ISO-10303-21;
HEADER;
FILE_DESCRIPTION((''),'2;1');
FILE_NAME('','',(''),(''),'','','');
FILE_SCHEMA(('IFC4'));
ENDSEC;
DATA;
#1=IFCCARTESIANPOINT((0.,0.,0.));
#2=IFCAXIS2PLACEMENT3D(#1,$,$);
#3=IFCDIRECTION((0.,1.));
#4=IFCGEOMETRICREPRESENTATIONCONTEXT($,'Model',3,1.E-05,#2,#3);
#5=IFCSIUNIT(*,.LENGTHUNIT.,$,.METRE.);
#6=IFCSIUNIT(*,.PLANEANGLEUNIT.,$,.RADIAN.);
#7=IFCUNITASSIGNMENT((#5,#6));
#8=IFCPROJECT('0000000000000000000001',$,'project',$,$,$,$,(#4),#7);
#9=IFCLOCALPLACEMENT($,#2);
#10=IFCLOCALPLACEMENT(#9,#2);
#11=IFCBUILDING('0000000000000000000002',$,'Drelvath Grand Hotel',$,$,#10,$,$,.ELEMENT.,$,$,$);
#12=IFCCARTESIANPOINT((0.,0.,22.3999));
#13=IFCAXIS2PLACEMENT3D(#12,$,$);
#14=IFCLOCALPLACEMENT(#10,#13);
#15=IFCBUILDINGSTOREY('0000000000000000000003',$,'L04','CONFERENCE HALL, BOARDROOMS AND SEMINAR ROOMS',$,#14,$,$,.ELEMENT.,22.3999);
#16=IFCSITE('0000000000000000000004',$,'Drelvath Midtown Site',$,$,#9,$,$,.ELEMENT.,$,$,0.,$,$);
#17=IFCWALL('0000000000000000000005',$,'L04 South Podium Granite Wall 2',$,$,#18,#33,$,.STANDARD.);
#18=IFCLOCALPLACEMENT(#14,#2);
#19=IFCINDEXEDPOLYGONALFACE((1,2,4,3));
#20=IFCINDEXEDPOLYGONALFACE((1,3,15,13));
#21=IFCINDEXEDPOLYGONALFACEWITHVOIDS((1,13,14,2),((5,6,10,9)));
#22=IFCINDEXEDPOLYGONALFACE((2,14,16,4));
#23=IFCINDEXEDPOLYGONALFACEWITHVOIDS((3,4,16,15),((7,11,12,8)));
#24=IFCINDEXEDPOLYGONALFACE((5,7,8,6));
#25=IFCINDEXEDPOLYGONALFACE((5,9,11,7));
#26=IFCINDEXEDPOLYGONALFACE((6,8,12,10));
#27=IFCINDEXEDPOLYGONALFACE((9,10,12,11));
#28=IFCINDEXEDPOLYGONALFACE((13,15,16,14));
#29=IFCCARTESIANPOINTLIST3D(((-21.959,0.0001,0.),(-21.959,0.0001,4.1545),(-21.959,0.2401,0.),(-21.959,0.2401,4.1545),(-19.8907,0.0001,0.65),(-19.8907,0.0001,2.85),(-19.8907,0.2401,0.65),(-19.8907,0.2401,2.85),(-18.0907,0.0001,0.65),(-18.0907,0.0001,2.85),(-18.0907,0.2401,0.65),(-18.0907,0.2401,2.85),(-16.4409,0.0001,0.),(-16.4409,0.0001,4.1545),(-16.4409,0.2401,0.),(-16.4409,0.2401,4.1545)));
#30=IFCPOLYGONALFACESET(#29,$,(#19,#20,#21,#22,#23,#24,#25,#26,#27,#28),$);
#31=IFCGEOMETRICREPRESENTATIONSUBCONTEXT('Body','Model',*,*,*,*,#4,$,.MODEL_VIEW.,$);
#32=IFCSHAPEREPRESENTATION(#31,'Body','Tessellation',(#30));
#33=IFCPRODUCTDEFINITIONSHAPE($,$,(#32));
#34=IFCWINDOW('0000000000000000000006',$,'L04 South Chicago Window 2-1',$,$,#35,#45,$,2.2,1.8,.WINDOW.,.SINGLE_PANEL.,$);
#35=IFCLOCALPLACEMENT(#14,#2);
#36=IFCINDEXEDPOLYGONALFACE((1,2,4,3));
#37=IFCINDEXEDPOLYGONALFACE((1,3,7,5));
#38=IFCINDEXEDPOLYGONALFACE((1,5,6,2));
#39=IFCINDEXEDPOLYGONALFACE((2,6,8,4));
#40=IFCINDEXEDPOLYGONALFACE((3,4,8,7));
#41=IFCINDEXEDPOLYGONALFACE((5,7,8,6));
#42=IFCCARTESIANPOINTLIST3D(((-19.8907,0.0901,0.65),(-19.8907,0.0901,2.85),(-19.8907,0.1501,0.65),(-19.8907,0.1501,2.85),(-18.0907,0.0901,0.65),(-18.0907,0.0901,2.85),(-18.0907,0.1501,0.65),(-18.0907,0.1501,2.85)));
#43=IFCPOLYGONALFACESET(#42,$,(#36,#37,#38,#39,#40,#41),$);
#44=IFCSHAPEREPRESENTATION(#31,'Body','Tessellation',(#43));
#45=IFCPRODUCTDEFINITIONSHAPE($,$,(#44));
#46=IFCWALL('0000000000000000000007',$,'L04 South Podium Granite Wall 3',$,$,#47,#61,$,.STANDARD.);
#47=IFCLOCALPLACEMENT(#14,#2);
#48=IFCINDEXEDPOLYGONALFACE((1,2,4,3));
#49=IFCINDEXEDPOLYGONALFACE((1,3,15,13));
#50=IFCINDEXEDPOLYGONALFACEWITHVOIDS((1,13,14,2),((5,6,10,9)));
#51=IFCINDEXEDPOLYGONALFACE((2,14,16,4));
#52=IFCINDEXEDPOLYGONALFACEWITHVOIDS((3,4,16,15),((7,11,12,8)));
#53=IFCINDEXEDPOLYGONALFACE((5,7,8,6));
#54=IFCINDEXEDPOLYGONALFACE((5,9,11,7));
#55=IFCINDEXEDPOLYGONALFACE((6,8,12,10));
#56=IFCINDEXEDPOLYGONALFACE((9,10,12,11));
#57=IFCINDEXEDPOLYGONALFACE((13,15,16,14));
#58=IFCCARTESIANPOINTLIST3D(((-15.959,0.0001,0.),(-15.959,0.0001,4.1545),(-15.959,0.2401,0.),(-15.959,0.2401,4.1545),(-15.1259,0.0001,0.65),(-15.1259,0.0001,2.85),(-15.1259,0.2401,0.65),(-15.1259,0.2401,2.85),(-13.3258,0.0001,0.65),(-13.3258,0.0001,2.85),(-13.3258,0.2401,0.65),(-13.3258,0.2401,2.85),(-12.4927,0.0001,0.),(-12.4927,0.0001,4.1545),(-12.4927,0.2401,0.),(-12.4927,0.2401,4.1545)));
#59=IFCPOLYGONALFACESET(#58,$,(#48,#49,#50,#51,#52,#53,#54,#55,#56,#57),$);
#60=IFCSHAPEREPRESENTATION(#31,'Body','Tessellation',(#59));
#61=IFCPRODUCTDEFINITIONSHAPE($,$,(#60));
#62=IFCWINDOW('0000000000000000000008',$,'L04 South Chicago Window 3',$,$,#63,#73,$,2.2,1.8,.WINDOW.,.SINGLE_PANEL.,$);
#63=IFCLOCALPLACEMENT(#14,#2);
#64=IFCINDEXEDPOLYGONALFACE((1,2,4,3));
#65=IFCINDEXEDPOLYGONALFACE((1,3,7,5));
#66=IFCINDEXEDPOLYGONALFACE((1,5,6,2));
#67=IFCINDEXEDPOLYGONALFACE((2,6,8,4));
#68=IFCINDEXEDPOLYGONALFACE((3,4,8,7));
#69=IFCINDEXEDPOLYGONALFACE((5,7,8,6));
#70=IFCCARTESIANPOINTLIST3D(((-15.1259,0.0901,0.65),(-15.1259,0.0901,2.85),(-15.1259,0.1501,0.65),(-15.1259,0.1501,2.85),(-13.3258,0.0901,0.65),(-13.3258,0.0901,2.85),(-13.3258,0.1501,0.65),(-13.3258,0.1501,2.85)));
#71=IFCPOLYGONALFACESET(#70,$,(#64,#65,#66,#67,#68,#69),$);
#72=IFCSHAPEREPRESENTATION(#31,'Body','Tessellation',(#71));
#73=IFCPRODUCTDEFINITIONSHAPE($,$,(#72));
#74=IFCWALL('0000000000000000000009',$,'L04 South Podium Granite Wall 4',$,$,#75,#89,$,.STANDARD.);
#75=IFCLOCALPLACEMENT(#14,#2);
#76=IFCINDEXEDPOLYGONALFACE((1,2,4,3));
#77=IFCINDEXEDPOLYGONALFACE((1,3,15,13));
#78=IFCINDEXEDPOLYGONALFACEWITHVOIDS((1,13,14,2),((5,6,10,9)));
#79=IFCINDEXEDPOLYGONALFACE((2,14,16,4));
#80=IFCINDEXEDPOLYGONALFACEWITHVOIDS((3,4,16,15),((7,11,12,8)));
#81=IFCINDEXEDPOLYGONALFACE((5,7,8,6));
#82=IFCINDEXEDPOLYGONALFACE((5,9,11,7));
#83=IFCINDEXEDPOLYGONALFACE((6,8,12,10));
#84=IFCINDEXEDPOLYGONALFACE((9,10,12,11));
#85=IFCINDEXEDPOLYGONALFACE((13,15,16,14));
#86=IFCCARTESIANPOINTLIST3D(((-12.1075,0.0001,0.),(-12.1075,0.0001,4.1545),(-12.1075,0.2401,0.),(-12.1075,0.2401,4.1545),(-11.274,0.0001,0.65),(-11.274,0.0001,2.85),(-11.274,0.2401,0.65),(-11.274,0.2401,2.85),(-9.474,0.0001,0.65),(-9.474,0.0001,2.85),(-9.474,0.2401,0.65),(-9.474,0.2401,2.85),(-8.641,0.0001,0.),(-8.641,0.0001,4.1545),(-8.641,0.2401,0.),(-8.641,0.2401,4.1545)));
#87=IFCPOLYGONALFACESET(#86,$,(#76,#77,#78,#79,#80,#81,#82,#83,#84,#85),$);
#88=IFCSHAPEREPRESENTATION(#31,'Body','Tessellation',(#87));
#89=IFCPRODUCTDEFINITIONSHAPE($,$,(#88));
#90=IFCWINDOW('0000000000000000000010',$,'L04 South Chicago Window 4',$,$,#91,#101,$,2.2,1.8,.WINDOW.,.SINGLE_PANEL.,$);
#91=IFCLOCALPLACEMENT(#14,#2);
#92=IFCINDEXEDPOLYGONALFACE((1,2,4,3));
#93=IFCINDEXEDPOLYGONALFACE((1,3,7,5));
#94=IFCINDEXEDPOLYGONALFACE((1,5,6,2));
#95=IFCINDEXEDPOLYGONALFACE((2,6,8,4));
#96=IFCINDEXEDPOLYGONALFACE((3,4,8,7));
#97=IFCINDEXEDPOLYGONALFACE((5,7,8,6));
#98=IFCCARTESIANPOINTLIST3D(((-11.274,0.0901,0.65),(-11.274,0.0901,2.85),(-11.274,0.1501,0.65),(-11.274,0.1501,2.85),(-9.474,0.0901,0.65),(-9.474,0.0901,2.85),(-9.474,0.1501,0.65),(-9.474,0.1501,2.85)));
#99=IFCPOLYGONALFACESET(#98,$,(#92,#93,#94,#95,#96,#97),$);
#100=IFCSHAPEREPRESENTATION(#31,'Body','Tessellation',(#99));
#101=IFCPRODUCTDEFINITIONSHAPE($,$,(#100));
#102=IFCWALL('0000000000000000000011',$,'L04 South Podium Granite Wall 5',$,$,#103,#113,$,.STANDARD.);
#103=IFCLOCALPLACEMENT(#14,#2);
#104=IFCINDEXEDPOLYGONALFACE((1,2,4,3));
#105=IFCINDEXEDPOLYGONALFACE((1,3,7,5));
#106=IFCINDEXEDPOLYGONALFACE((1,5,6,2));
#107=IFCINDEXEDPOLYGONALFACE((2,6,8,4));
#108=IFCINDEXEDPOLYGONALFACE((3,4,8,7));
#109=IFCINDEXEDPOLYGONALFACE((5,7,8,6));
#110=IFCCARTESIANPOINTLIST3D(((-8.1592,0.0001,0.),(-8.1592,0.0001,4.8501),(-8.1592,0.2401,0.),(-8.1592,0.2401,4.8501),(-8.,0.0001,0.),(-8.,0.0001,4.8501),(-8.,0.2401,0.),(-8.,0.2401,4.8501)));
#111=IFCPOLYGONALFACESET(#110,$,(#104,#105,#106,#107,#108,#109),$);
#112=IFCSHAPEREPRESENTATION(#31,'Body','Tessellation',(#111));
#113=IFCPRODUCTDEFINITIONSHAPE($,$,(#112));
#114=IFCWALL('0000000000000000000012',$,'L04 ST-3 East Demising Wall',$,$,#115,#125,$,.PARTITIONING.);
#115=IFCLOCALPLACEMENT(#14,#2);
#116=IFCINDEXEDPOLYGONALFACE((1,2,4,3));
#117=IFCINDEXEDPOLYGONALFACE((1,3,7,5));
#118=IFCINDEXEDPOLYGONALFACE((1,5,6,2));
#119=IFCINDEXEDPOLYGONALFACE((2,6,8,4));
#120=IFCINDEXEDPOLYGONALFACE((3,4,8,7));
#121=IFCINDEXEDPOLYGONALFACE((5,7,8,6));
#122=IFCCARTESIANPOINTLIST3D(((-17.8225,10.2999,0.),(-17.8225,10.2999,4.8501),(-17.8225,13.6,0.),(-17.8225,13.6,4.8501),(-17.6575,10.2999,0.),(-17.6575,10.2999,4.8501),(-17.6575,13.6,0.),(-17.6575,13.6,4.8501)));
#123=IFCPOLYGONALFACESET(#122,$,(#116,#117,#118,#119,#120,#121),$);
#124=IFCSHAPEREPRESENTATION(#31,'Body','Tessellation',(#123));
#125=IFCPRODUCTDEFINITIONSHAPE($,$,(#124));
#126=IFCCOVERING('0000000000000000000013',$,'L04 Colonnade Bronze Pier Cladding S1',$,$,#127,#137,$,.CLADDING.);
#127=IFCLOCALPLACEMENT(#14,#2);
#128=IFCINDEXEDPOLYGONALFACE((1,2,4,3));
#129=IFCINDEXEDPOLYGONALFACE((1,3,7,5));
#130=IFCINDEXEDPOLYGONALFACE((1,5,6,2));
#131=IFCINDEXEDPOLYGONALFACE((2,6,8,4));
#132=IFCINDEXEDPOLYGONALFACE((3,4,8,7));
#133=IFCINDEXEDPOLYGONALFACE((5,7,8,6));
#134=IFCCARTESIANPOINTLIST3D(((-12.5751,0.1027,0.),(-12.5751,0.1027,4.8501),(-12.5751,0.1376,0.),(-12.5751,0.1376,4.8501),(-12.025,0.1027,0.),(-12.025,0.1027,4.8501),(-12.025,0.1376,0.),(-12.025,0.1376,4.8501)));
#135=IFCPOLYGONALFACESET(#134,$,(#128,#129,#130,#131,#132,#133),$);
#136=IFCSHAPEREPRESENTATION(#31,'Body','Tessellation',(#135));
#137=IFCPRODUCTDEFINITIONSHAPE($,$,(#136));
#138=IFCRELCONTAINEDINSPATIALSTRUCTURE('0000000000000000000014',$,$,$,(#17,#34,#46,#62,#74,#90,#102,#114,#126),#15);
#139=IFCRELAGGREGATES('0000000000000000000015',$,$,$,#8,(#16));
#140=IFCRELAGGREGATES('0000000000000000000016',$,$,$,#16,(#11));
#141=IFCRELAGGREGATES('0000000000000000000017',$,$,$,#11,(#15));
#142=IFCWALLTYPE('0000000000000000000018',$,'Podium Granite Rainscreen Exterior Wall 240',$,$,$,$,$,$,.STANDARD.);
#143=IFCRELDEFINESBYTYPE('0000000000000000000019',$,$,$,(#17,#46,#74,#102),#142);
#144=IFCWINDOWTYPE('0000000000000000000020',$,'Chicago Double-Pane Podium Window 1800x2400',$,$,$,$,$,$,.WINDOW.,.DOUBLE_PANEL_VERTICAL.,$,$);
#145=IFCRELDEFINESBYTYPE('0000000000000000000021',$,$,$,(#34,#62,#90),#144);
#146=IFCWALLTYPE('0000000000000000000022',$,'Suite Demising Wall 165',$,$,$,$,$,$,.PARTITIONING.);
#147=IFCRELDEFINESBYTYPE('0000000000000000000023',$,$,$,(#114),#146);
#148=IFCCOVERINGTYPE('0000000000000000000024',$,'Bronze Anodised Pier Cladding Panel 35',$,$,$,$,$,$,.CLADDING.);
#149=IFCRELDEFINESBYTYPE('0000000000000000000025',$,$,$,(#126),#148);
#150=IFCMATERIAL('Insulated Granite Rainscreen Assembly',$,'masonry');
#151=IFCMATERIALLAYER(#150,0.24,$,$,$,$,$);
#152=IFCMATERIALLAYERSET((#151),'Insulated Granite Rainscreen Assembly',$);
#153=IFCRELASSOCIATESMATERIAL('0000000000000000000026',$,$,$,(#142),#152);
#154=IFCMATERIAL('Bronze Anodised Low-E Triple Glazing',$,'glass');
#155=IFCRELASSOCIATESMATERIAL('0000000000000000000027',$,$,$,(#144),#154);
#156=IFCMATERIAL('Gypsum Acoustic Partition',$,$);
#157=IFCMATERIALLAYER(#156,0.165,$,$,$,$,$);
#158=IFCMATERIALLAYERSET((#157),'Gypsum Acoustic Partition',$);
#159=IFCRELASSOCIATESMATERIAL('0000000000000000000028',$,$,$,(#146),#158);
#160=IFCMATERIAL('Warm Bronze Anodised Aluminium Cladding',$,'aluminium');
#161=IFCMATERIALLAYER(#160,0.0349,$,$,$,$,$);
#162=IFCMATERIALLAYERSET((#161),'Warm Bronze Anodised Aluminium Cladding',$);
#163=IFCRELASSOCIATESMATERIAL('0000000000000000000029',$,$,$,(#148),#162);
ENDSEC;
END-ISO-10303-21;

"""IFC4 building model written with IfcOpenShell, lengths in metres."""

from ifc_helpers import new_model, si_unit, direction, frame, frame_2d, origin, origin_2d, place, context, subcontext, project, spatial, rectangle, extrude, material, layer, layer_set, type_object, element, fill, save


model = new_model("IFC4")

# Units and contexts
model_context = context("Model", 3, precision=1e-05, world=origin(), true_north=direction((0.0, 1.0)))
body_context = subcontext(model_context, "Body", "Model", "MODEL_VIEW")
ifc_project = project(units=[si_unit("LENGTHUNIT", "METRE"), si_unit("PLANEANGLEUNIT", "RADIAN")], contexts=[model_context])

# Site, building, storey
site_placement = place(None, origin())
site = spatial("IfcSite", under=ifc_project, at=site_placement, Name="Drelvath Midtown Site", CompositionType="ELEMENT", RefElevation=0.0)
building_placement = place(site_placement, origin())
building = spatial("IfcBuilding", under=site, at=building_placement, Name="Drelvath Grand Hotel", CompositionType="ELEMENT")
storey_placement = place(building_placement, frame((0.0, 0.0, 22.3999)))
storey = spatial("IfcBuildingStorey", under=building, at=storey_placement, Name="L04", Description="CONFERENCE HALL, BOARDROOMS AND SEMINAR ROOMS", CompositionType="ELEMENT", Elevation=22.3999)

# Walls, openings, windows
ifc_material_1 = material(Name="Insulated Granite Rainscreen Assembly", Category="masonry")
ifc_layer_1 = layer(ifc_material_1, 0.24)
ifc_layer_set_1 = layer_set([ifc_layer_1], Name="Insulated Granite Rainscreen Assembly")
wall_type_1 = type_object("IfcWallType", Name="Podium Granite Rainscreen Exterior Wall 240", PredefinedType="STANDARD", material=ifc_layer_set_1)
wall_1_placement = place(storey_placement, frame((-16.4409, 0.1201, 0.0), z_axis=(0.0, 0.0, 1.0), x_axis=(-1.0, 0.0, 0.0)))
wall_1 = element("IfcWall", 1, at=wall_1_placement, inside=storey, type_object=wall_type_1, Name="L04 South Podium Granite Wall 2", PredefinedType="STANDARD", context=body_context, shape_type="SweptSolid", body=[
    extrude(rectangle(XDim=5.5181, YDim=0.24, at=frame_2d((2.759, 0.0))), origin(), (0.0, 0.0, 1.0), 4.1545),
])
opening_1_placement = place(wall_1_placement, frame((1.6499, 0.0, 0.6499)))
opening_1 = element("IfcOpeningElement", 2, at=opening_1_placement, cuts=wall_1, PredefinedType="OPENING", context=body_context, shape_type="SweptSolid", body=[
    extrude(rectangle(XDim=1.8, YDim=2.2, at=frame_2d((0.8999, 1.1001))), frame((0.0, 0.1299, 0.0), z_axis=(0.0, -1.0, 0.0), x_axis=(1.0, 0.0, 0.0)), (0.0, 0.0, 1.0), 0.26),
])
ifc_material_2 = material(Name="Bronze Anodised Low-E Triple Glazing", Category="glass")
window_type = type_object("IfcWindowType", Name="Chicago Double-Pane Podium Window 1800x2400", PartitioningType="DOUBLE_PANEL_VERTICAL", PredefinedType="WINDOW", material=ifc_material_2)
window_1_placement = place(opening_1_placement, origin())
window_1 = element("IfcWindow", 3, at=window_1_placement, inside=storey, type_object=window_type, Name="L04 South Chicago Window 2-1", OverallHeight=2.2, OverallWidth=1.8, PartitioningType="SINGLE_PANEL", PredefinedType="WINDOW", context=body_context, shape_type="SweptSolid", body=[
    extrude(rectangle(XDim=1.8, YDim=2.2, at=frame_2d((0.8999, 1.1001))), frame((0.0, 0.03, 0.0), z_axis=(0.0, -1.0, 0.0), x_axis=(1.0, 0.0, 0.0)), (0.0, 0.0, 1.0), 0.0601),
])
fill(opening_1, window_1)
wall_2_placement = place(storey_placement, frame((-12.4927, 0.1201, 0.0), z_axis=(0.0, 0.0, 1.0), x_axis=(-1.0, 0.0, 0.0)))
wall_2 = element("IfcWall", 4, at=wall_2_placement, inside=storey, type_object=wall_type_1, Name="L04 South Podium Granite Wall 3", PredefinedType="STANDARD", context=body_context, shape_type="SweptSolid", body=[
    extrude(rectangle(XDim=3.4663, YDim=0.24, at=frame_2d((1.7332, 0.0))), origin(), (0.0, 0.0, 1.0), 4.1545),
])
opening_2_placement = place(wall_2_placement, frame((0.8333, 0.0, 0.6499)))
opening_2 = element("IfcOpeningElement", 5, at=opening_2_placement, cuts=wall_2, PredefinedType="OPENING", context=body_context, shape_type="SweptSolid", body=[
    extrude(rectangle(XDim=1.8, YDim=2.2, at=frame_2d((0.8999, 1.1001))), frame((0.0, 0.1299, 0.0), z_axis=(0.0, -1.0, 0.0), x_axis=(1.0, 0.0, 0.0)), (0.0, 0.0, 1.0), 0.26),
])
window_2_placement = place(opening_2_placement, origin())
window_2 = element("IfcWindow", 6, at=window_2_placement, inside=storey, type_object=window_type, Name="L04 South Chicago Window 3", OverallHeight=2.2, OverallWidth=1.8, PartitioningType="SINGLE_PANEL", PredefinedType="WINDOW", context=body_context, shape_type="SweptSolid", body=[
    extrude(rectangle(XDim=1.8, YDim=2.2, at=frame_2d((0.8999, 1.1001))), frame((0.0, 0.03, 0.0), z_axis=(0.0, -1.0, 0.0), x_axis=(1.0, 0.0, 0.0)), (0.0, 0.0, 1.0), 0.0601),
])
fill(opening_2, window_2)
wall_3_placement = place(storey_placement, frame((-8.6409, 0.1201, 0.0), z_axis=(0.0, 0.0, 1.0), x_axis=(-1.0, 0.0, 0.0)))
wall_3 = element("IfcWall", 7, at=wall_3_placement, inside=storey, type_object=wall_type_1, Name="L04 South Podium Granite Wall 4", PredefinedType="STANDARD", context=body_context, shape_type="SweptSolid", body=[
    extrude(rectangle(XDim=3.4666, YDim=0.24, at=frame_2d((1.7334, 0.0))), origin(), (0.0, 0.0, 1.0), 4.1545),
])
opening_3_placement = place(wall_3_placement, frame((0.8333, 0.0, 0.6499)))
opening_3 = element("IfcOpeningElement", 8, at=opening_3_placement, cuts=wall_3, PredefinedType="OPENING", context=body_context, shape_type="SweptSolid", body=[
    extrude(rectangle(XDim=1.8, YDim=2.2, at=frame_2d((0.8999, 1.1001))), frame((0.0, 0.1299, 0.0), z_axis=(0.0, -1.0, 0.0), x_axis=(1.0, 0.0, 0.0)), (0.0, 0.0, 1.0), 0.26),
])
window_3_placement = place(opening_3_placement, origin())
window_3 = element("IfcWindow", 9, at=window_3_placement, inside=storey, type_object=window_type, Name="L04 South Chicago Window 4", OverallHeight=2.2, OverallWidth=1.8, PartitioningType="SINGLE_PANEL", PredefinedType="WINDOW", context=body_context, shape_type="SweptSolid", body=[
    extrude(rectangle(XDim=1.8, YDim=2.2, at=frame_2d((0.8999, 1.1001))), frame((0.0, 0.03, 0.0), z_axis=(0.0, -1.0, 0.0), x_axis=(1.0, 0.0, 0.0)), (0.0, 0.0, 1.0), 0.0601),
])
fill(opening_3, window_3)

# Walls
wall_4_placement = place(storey_placement, frame((-8.0, 0.1201, 0.0), z_axis=(0.0, 0.0, 1.0), x_axis=(-1.0, 0.0, 0.0)))
element("IfcWall", 10, at=wall_4_placement, inside=storey, type_object=wall_type_1, Name="L04 South Podium Granite Wall 5", PredefinedType="STANDARD", context=body_context, shape_type="SweptSolid", body=[
    extrude(rectangle(XDim=0.1592, YDim=0.24, at=frame_2d((0.0796, 0.0))), origin(), (0.0, 0.0, 1.0), 4.8501),
])
ifc_material_3 = material(Name="Gypsum Acoustic Partition")
ifc_layer_2 = layer(ifc_material_3, 0.165)
ifc_layer_set_2 = layer_set([ifc_layer_2], Name="Gypsum Acoustic Partition")
wall_type_2 = type_object("IfcWallType", Name="Suite Demising Wall 165", PredefinedType="PARTITIONING", material=ifc_layer_set_2)
wall_5_placement = place(storey_placement, frame((-17.74, 10.3, 0.0), z_axis=(0.0, 0.0, 1.0), x_axis=(0.0, 1.0, 0.0)))
element("IfcWall", 11, at=wall_5_placement, inside=storey, type_object=wall_type_2, Name="L04 ST-3 East Demising Wall", PredefinedType="PARTITIONING", context=body_context, shape_type="SweptSolid", body=[
    extrude(rectangle(XDim=3.3, YDim=0.165, at=frame_2d((1.6499, 0.0))), origin(), (0.0, 0.0, 1.0), 4.8501),
])

# Covering
ifc_material_4 = material(Name="Warm Bronze Anodised Aluminium Cladding", Category="aluminium")
ifc_layer_3 = layer(ifc_material_4, 0.0349)
ifc_layer_set_3 = layer_set([ifc_layer_3], Name="Warm Bronze Anodised Aluminium Cladding")
covering_type = type_object("IfcCoveringType", Name="Bronze Anodised Pier Cladding Panel 35", PredefinedType="CLADDING", material=ifc_layer_set_3)
covering_placement = place(storey_placement, frame((-12.3, 0.1201, 0.0), z_axis=(0.0, 0.0, 1.0), x_axis=(1.0, 0.0, 0.0)))
element("IfcCovering", 12, at=covering_placement, inside=storey, type_object=covering_type, Name="L04 Colonnade Bronze Pier Cladding S1", PredefinedType="CLADDING", context=body_context, shape_type="SweptSolid", body=[
    extrude(rectangle(XDim=0.55, YDim=0.0349, at=origin_2d()), origin(), (0.0, 0.0, 1.0), 4.8501),
])

save(model, "model.ifc")
